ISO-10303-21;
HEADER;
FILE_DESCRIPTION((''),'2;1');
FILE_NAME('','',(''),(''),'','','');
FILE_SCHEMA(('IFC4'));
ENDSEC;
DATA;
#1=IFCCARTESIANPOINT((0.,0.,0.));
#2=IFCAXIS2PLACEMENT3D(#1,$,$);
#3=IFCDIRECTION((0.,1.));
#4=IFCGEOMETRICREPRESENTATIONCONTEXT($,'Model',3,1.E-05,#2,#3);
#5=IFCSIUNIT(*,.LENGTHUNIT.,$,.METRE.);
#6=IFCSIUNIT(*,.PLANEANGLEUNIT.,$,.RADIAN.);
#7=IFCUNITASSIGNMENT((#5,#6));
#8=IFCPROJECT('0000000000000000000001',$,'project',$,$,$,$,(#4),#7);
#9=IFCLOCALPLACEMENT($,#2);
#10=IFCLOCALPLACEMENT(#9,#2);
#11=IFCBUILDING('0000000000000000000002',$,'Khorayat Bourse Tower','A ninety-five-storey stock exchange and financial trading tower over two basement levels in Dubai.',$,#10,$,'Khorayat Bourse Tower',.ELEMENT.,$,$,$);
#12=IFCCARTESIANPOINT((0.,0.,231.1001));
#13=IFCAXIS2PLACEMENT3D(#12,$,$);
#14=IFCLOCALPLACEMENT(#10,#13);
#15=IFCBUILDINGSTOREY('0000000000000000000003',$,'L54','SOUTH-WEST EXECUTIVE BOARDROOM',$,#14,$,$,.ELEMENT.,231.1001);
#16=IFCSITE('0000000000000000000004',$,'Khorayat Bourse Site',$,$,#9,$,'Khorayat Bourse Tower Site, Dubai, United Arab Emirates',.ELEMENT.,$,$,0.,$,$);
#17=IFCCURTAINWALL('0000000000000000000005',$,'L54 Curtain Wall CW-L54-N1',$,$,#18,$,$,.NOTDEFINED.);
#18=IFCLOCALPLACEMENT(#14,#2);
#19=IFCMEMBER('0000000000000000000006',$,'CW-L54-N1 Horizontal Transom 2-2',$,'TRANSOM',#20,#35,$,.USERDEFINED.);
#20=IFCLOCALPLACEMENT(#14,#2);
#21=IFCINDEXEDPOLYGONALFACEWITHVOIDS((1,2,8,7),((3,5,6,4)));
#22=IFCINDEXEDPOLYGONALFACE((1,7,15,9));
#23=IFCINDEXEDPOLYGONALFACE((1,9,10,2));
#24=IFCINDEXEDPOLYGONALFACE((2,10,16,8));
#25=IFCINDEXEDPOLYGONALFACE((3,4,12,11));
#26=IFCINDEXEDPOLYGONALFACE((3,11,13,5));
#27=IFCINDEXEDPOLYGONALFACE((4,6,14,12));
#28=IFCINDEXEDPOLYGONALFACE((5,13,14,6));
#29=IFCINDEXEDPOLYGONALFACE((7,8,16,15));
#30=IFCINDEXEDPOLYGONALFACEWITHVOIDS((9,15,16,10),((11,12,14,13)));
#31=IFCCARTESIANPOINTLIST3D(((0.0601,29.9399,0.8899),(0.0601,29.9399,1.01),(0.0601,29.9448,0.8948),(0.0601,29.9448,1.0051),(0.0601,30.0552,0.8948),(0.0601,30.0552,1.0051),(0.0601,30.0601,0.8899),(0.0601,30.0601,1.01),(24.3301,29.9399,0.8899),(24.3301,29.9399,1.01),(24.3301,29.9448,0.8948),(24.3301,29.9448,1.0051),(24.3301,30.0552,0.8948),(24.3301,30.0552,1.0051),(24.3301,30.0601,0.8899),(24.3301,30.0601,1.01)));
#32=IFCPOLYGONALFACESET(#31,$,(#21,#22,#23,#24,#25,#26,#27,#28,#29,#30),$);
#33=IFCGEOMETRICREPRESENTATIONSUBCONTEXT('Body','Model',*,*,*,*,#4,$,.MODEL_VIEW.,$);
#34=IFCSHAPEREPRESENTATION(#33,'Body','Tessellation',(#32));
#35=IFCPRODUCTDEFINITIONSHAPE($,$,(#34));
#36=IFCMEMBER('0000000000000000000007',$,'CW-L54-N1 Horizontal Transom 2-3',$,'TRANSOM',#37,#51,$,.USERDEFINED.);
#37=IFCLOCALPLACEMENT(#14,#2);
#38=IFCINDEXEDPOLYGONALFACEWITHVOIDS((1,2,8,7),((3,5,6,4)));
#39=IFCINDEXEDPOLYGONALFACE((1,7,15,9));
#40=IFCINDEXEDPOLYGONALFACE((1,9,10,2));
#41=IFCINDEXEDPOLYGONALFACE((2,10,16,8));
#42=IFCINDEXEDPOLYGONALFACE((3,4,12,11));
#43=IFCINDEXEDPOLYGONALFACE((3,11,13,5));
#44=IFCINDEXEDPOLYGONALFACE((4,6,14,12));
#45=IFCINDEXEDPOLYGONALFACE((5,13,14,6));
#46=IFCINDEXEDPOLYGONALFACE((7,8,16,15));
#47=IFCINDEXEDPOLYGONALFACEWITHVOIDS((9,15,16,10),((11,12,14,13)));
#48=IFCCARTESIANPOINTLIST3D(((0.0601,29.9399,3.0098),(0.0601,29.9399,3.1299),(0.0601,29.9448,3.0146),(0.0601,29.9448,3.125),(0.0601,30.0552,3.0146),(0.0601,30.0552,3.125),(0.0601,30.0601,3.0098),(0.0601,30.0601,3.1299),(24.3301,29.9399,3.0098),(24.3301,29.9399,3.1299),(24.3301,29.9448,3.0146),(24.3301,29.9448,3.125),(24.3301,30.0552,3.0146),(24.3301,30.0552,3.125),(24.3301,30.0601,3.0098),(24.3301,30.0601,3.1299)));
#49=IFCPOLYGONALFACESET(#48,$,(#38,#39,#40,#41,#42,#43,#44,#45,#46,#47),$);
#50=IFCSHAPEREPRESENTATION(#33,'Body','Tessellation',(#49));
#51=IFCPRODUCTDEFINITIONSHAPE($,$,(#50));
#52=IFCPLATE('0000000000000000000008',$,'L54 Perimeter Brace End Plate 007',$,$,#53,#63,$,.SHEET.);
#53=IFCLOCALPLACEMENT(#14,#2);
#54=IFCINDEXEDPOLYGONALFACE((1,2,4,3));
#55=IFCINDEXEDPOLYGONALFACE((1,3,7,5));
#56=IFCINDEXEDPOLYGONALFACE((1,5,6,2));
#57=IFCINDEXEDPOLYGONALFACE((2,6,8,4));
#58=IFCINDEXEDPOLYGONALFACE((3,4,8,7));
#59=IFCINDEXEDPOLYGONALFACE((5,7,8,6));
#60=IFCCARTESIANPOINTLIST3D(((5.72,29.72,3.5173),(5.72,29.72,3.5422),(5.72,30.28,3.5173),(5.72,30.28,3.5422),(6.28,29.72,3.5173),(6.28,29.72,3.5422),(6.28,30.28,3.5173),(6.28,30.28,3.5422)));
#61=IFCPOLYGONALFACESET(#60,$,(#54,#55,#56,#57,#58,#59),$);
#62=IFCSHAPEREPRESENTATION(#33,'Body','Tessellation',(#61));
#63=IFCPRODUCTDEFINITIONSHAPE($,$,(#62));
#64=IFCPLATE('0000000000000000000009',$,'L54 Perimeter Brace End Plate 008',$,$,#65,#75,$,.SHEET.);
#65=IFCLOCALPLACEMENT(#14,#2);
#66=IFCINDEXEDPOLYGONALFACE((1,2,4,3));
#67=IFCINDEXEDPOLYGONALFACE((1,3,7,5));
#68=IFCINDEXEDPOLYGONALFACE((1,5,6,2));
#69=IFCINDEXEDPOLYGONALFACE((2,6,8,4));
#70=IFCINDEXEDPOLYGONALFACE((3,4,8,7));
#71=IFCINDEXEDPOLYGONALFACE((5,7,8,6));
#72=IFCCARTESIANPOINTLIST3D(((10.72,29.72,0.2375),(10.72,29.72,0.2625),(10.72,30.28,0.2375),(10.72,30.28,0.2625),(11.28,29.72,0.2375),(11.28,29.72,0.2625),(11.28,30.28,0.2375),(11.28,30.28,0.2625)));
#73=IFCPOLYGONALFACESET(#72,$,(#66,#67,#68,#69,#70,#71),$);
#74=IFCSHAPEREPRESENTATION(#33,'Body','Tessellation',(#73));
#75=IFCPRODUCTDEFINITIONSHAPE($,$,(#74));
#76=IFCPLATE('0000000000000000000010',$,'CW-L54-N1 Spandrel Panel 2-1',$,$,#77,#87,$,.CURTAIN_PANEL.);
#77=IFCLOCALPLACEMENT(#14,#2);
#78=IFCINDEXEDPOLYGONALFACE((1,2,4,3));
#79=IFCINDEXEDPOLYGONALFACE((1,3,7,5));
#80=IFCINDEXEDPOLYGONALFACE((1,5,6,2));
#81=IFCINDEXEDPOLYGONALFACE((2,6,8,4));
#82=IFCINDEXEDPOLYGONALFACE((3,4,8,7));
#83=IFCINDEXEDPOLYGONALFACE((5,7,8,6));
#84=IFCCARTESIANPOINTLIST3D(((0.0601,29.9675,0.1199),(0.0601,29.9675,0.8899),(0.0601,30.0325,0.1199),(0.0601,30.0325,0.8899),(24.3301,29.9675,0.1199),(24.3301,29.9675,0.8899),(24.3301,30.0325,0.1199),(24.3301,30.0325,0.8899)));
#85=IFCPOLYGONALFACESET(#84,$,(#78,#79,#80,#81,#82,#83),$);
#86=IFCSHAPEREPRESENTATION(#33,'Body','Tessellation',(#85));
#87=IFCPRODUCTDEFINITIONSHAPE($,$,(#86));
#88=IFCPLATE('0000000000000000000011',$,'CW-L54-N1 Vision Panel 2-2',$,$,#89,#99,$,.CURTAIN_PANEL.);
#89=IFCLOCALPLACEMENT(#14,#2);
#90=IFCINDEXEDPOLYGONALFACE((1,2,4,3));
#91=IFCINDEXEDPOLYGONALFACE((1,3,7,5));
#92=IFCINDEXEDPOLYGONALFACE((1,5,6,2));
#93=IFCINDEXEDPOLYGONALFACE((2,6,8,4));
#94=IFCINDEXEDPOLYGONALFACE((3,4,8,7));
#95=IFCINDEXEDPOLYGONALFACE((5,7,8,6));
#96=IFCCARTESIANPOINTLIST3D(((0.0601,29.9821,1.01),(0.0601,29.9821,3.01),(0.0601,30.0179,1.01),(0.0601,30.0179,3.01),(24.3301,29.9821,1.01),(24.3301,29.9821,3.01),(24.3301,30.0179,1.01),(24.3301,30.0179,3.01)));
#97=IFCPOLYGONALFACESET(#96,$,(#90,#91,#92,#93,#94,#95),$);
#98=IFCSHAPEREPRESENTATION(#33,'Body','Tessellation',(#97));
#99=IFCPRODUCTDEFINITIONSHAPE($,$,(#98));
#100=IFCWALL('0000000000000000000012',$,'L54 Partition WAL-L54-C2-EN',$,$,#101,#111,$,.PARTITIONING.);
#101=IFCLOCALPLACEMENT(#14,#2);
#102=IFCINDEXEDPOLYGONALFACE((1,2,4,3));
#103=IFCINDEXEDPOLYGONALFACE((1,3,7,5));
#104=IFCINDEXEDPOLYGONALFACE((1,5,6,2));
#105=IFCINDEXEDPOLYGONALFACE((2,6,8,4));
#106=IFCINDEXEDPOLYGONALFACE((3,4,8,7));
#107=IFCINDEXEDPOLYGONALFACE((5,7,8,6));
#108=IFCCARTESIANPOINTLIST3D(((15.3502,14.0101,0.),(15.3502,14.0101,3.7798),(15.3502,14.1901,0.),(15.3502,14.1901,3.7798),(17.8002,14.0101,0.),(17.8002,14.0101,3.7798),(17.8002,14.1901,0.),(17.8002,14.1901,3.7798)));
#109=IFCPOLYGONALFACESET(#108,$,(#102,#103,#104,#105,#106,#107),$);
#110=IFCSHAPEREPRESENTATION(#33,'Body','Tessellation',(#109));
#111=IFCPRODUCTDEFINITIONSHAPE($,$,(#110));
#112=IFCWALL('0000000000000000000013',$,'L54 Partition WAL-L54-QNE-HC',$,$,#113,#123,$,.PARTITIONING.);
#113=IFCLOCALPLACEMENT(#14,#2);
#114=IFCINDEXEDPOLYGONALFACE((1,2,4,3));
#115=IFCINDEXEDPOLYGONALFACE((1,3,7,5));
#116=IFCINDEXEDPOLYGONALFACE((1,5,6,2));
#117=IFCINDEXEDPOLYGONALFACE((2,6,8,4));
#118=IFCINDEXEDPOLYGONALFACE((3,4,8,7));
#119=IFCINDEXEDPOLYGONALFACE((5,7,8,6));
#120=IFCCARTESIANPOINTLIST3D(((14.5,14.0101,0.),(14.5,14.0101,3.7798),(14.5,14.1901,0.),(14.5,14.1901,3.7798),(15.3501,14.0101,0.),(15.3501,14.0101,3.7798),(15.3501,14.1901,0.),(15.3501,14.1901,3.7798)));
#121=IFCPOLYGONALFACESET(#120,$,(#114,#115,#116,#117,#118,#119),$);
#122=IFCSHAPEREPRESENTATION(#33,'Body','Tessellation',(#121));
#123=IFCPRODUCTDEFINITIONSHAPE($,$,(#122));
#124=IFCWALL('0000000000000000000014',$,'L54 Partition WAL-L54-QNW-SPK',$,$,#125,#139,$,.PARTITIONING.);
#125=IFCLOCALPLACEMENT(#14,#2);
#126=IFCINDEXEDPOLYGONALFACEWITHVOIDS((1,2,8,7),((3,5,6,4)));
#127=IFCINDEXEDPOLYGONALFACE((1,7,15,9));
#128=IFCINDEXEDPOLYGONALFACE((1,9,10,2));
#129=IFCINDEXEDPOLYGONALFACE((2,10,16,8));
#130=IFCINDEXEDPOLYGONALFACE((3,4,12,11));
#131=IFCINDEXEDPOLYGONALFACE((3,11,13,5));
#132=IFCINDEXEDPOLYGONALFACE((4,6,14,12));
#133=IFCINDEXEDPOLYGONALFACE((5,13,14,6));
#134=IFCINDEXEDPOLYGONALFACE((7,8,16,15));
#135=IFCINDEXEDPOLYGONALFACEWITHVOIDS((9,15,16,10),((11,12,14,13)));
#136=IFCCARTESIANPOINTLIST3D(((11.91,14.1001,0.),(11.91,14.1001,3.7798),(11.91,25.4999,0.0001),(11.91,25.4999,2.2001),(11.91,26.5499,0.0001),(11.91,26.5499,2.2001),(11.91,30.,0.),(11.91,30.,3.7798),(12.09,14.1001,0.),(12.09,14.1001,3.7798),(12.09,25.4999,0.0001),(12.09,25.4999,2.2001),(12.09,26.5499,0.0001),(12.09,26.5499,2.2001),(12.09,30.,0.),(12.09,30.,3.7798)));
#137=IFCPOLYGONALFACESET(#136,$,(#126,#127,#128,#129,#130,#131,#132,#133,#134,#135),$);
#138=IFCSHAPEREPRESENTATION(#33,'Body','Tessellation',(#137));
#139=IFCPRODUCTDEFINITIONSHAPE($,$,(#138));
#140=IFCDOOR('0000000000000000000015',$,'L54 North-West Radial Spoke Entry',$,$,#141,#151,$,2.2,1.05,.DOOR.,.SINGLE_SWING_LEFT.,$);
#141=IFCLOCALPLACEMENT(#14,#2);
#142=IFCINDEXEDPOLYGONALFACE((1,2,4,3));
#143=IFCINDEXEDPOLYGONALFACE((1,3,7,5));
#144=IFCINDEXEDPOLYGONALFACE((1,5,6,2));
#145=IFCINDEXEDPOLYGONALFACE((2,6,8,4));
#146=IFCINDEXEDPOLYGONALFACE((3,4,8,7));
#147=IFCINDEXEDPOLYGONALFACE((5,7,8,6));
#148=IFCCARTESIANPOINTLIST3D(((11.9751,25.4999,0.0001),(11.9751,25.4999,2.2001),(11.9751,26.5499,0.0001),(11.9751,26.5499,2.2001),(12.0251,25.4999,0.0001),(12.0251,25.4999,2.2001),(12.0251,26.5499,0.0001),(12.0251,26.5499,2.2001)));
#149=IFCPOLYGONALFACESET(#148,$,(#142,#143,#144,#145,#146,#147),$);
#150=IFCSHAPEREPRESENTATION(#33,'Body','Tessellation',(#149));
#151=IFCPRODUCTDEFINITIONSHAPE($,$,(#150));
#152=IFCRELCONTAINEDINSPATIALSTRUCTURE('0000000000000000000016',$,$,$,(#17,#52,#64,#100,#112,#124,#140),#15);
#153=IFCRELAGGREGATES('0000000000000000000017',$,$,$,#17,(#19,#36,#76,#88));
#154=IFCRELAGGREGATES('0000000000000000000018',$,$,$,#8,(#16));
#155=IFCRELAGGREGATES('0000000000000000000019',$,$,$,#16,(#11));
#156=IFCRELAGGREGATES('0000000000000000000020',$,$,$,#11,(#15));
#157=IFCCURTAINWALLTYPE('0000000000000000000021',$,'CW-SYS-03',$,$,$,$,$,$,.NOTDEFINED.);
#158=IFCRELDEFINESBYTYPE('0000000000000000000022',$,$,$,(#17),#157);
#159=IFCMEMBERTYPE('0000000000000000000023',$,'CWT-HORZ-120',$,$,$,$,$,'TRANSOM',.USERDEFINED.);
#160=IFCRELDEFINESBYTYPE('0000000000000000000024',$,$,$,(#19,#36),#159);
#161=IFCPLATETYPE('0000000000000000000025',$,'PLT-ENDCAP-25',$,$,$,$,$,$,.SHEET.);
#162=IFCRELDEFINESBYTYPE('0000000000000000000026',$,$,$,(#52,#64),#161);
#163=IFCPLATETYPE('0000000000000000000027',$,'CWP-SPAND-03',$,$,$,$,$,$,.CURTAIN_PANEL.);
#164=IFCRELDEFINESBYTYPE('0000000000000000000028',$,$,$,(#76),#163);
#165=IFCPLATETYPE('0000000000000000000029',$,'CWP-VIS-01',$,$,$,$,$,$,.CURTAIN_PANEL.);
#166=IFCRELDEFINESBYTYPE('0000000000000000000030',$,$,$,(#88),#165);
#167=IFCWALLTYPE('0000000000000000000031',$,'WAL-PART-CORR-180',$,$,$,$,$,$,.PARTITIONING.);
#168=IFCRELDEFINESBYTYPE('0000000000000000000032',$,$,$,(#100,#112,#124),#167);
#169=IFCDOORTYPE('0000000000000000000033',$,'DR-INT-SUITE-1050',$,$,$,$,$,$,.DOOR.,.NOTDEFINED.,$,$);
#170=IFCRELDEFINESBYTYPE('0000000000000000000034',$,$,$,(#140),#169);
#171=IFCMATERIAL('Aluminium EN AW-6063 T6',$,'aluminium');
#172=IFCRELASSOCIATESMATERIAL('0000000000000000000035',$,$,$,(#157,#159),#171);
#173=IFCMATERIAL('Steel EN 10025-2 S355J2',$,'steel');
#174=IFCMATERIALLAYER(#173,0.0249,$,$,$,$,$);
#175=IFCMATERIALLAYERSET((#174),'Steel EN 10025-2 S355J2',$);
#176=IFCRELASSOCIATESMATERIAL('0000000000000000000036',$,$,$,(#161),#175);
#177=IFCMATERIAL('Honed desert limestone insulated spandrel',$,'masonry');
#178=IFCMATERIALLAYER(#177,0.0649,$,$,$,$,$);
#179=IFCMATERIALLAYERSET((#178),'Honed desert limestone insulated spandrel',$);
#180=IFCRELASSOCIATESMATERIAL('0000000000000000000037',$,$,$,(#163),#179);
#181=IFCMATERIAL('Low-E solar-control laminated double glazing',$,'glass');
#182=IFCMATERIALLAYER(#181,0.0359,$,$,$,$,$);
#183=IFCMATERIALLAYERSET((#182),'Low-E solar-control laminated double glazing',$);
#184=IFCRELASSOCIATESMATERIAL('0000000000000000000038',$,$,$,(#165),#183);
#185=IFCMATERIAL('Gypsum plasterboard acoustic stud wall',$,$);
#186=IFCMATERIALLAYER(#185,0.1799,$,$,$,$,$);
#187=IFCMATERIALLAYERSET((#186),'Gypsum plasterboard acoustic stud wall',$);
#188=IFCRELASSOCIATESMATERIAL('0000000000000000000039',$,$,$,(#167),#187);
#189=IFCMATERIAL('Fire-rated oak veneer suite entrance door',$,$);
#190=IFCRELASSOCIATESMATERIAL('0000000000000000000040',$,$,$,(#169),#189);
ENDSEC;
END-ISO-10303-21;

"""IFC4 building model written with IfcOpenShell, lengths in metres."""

from ifc_helpers import new_model, si_unit, direction, frame, frame_2d, origin, origin_2d, place, context, subcontext, project, spatial, rectangle, hollow_rectangle, extrude, source, transform, mapped, material, layer, layer_set, material_profile, profile_set, type_object, element, fill, aggregate, save


model = new_model("IFC4")

# Units and contexts
model_context = context("Model", 3, precision=1e-05, world=origin(), true_north=direction((0.0, 1.0)))
body_context = subcontext(model_context, "Body", "Model", "MODEL_VIEW")
ifc_project = project(units=[si_unit("LENGTHUNIT", "METRE"), si_unit("PLANEANGLEUNIT", "RADIAN")], contexts=[model_context])

# Site, building, storey
site_placement = place(None, origin())
site = spatial("IfcSite", under=ifc_project, at=site_placement, Name="Khorayat Bourse Site", LongName="Khorayat Bourse Tower Site, Dubai, United Arab Emirates", CompositionType="ELEMENT", RefElevation=0.0)
building_placement = place(site_placement, origin())
building = spatial("IfcBuilding", under=site, at=building_placement, Name="Khorayat Bourse Tower", Description="A ninety-five-storey stock exchange and financial trading tower over two basement levels in Dubai.", LongName="Khorayat Bourse Tower", CompositionType="ELEMENT")
storey_placement = place(building_placement, frame((0.0, 0.0, 231.1001)))
storey = spatial("IfcBuildingStorey", under=building, at=storey_placement, Name="L54", Description="SOUTH-WEST EXECUTIVE BOARDROOM", CompositionType="ELEMENT", Elevation=231.1001)

# Curtain wall, members
ifc_material_1 = material(Name="Aluminium EN AW-6063 T6", Category="aluminium")
curtain_wall_type = type_object("IfcCurtainWallType", Name="CW-SYS-03", PredefinedType="NOTDEFINED", material=ifc_material_1)
curtain_wall_placement = place(storey_placement, origin())
curtain_wall = element("IfcCurtainWall", 1, at=curtain_wall_placement, inside=storey, type_object=curtain_wall_type, Name="L54 Curtain Wall CW-L54-N1", PredefinedType="NOTDEFINED")
ifc_material_profile_1 = material_profile(ifc_material_1, hollow_rectangle(XDim=0.1201, YDim=0.1201, WallThickness=0.0049, at=origin_2d()), Name="ALU 120x120x5")
ifc_profile_set_1 = profile_set([ifc_material_profile_1], Name="Aluminium EN AW-6063 T6")
member_type_1 = type_object("IfcMemberType", Name="CWT-HORZ-120", ElementType="TRANSOM", PredefinedType="USERDEFINED", material=ifc_profile_set_1)
shared_shape_1 = source(origin(), body_context, "Body", "SweptSolid", [
    extrude(hollow_rectangle(XDim=0.1201, YDim=0.1201, WallThickness=0.0049, at=origin_2d()), origin(), (0.0, 0.0, 1.0), 24.27),
])
member_1_placement = place(storey_placement, frame((0.0601, 30.0, 0.95), z_axis=(1.0, 0.0, 0.0), x_axis=(0.0, 1.0, 0.0)))
member_1 = element("IfcMember", 2, at=member_1_placement, type_object=member_type_1, Name="CW-L54-N1 Horizontal Transom 2-2", ObjectType="TRANSOM", PredefinedType="USERDEFINED", context=body_context, shape_type="MappedRepresentation", body=[
    mapped(shared_shape_1, transform((0.0, 0.0, 0.0), scale=1.0)),
])
member_2_placement = place(storey_placement, frame((0.0601, 30.0, 3.0698), z_axis=(1.0, 0.0, 0.0), x_axis=(0.0, 1.0, 0.0)))
member_2 = element("IfcMember", 3, at=member_2_placement, type_object=member_type_1, Name="CW-L54-N1 Horizontal Transom 2-3", ObjectType="TRANSOM", PredefinedType="USERDEFINED", context=body_context, shape_type="MappedRepresentation", body=[
    mapped(shared_shape_1, transform((0.0, 0.0, 0.0), scale=1.0)),
])

# Plates
ifc_material_2 = material(Name="Steel EN 10025-2 S355J2", Category="steel")
ifc_layer_1 = layer(ifc_material_2, 0.0249)
ifc_layer_set_1 = layer_set([ifc_layer_1], Name="Steel EN 10025-2 S355J2")
plate_type_1 = type_object("IfcPlateType", Name="PLT-ENDCAP-25", PredefinedType="SHEET", material=ifc_layer_set_1)
shared_shape_2 = source(origin(), body_context, "Body", "SweptSolid", [
    extrude(rectangle(XDim=0.5601, YDim=0.5601, at=origin_2d()), origin(), (0.0, 0.0, 1.0), 0.0249),
])
for number, where, z_axis, x_axis, name in (
    (4, (6.0, 30.0, 3.5173), (0.0, 0.0, 1.0), (1.0, 0.0, 0.0), "L54 Perimeter Brace End Plate 007"),
    (5, (11.0, 30.0, 0.2375), (0.0, 0.0, 1.0), (1.0, 0.0, 0.0), "L54 Perimeter Brace End Plate 008"),
):
    element("IfcPlate", number, at=place(storey_placement, frame(where, z_axis=z_axis, x_axis=x_axis)), inside=storey, type_object=plate_type_1, Name=name, PredefinedType="SHEET", context=body_context, shape_type="MappedRepresentation", body=[
        mapped(shared_shape_2, transform((0.0, 0.0, 0.0), scale=1.0)),
    ])

# Plates
ifc_material_3 = material(Name="Honed desert limestone insulated spandrel", Category="masonry")
ifc_layer_2 = layer(ifc_material_3, 0.0649)
ifc_layer_set_2 = layer_set([ifc_layer_2], Name="Honed desert limestone insulated spandrel")
plate_type_2 = type_object("IfcPlateType", Name="CWP-SPAND-03", PredefinedType="CURTAIN_PANEL", material=ifc_layer_set_2)
shared_shape_3 = source(origin(), body_context, "Body", "SweptSolid", [
    extrude(rectangle(XDim=24.27, YDim=0.0649, at=origin_2d()), origin(), (0.0, 0.0, 1.0), 0.77),
])
plate_1_placement = place(storey_placement, frame((12.1951, 30.0, 0.1199), z_axis=(0.0, 0.0, 1.0), x_axis=(1.0, 0.0, 0.0)))
plate_1 = element("IfcPlate", 6, at=plate_1_placement, type_object=plate_type_2, Name="CW-L54-N1 Spandrel Panel 2-1", PredefinedType="CURTAIN_PANEL", context=body_context, shape_type="MappedRepresentation", body=[
    mapped(shared_shape_3, transform((0.0, 0.0, 0.0), scale=1.0)),
])
ifc_material_4 = material(Name="Low-E solar-control laminated double glazing", Category="glass")
ifc_layer_3 = layer(ifc_material_4, 0.0359)
ifc_layer_set_3 = layer_set([ifc_layer_3], Name="Low-E solar-control laminated double glazing")
plate_type_3 = type_object("IfcPlateType", Name="CWP-VIS-01", PredefinedType="CURTAIN_PANEL", material=ifc_layer_set_3)
shared_shape_4 = source(origin(), body_context, "Body", "SweptSolid", [
    extrude(rectangle(XDim=24.27, YDim=0.0359, at=origin_2d()), origin(), (0.0, 0.0, 1.0), 2.0),
])
plate_2_placement = place(storey_placement, frame((12.1951, 30.0, 1.01), z_axis=(0.0, 0.0, 1.0), x_axis=(1.0, 0.0, 0.0)))
plate_2 = element("IfcPlate", 7, at=plate_2_placement, type_object=plate_type_3, Name="CW-L54-N1 Vision Panel 2-2", PredefinedType="CURTAIN_PANEL", context=body_context, shape_type="MappedRepresentation", body=[
    mapped(shared_shape_4, transform((0.0, 0.0, 0.0), scale=1.0)),
])
aggregate(curtain_wall, [member_1, member_2, plate_1, plate_2])

# Walls
ifc_material_5 = material(Name="Gypsum plasterboard acoustic stud wall")
ifc_layer_4 = layer(ifc_material_5, 0.1799)
ifc_layer_set_4 = layer_set([ifc_layer_4], Name="Gypsum plasterboard acoustic stud wall")
wall_type_1 = type_object("IfcWallType", Name="WAL-PART-CORR-180", PredefinedType="PARTITIONING", material=ifc_layer_set_4)
shared_shape_5 = source(origin(), body_context, "Body", "SweptSolid", [
    extrude(rectangle(XDim=2.45, YDim=0.1799, at=frame_2d((1.2251, 0.0))), origin(), (0.0, 0.0, 1.0), 3.7798),
])
wall_1_placement = place(storey_placement, frame((15.3501, 14.1001, 0.0), z_axis=(0.0, 0.0, 1.0), x_axis=(1.0, 0.0, 0.0)))
element("IfcWall", 8, at=wall_1_placement, inside=storey, type_object=wall_type_1, Name="L54 Partition WAL-L54-C2-EN", PredefinedType="PARTITIONING", context=body_context, shape_type="MappedRepresentation", body=[
    mapped(shared_shape_5, transform((0.0, 0.0, 0.0), scale=1.0)),
])
shared_shape_6 = source(origin(), body_context, "Body", "SweptSolid", [
    extrude(rectangle(XDim=0.8501, YDim=0.1799, at=frame_2d((0.425, 0.0))), origin(), (0.0, 0.0, 1.0), 3.7798),
])
wall_2_placement = place(storey_placement, frame((14.5, 14.1001, 0.0), z_axis=(0.0, 0.0, 1.0), x_axis=(1.0, 0.0, 0.0)))
element("IfcWall", 9, at=wall_2_placement, inside=storey, type_object=wall_type_1, Name="L54 Partition WAL-L54-QNE-HC", PredefinedType="PARTITIONING", context=body_context, shape_type="MappedRepresentation", body=[
    mapped(shared_shape_6, transform((0.0, 0.0, 0.0), scale=1.0)),
])

# Wall, opening, door
shared_shape_7 = source(origin(), body_context, "Body", "SweptSolid", [
    extrude(rectangle(XDim=15.8999, YDim=0.1799, at=frame_2d((7.95, 0.0))), origin(), (0.0, 0.0, 1.0), 3.7798),
])
wall_3_placement = place(storey_placement, frame((12.0, 14.1001, 0.0), z_axis=(0.0, 0.0, 1.0), x_axis=(0.0, 1.0, 0.0)))
wall_3 = element("IfcWall", 10, at=wall_3_placement, inside=storey, type_object=wall_type_1, Name="L54 Partition WAL-L54-QNW-SPK", PredefinedType="PARTITIONING", context=body_context, shape_type="MappedRepresentation", body=[
    mapped(shared_shape_7, transform((0.0, 0.0, 0.0), scale=1.0)),
])
shared_shape_8 = source(origin(), body_context, "Body", "SweptSolid", [
    extrude(rectangle(XDim=1.05, YDim=2.2, at=frame_2d((0.5249, 1.1001))), frame((0.0, 0.0999, 0.0), z_axis=(0.0, -1.0, 0.0), x_axis=(1.0, 0.0, 0.0)), (0.0, 0.0, 1.0), 0.2),
])
opening_1_placement = place(wall_3_placement, frame((11.3999, 0.0, 0.0)))
opening_1 = element("IfcOpeningElement", 11, at=opening_1_placement, cuts=wall_3, PredefinedType="OPENING", context=body_context, shape_type="MappedRepresentation", body=[
    mapped(shared_shape_8, transform((0.0, 0.0, 0.0), scale=1.0)),
])
ifc_material_6 = material(Name="Fire-rated oak veneer suite entrance door")
door_type_1 = type_object("IfcDoorType", Name="DR-INT-SUITE-1050", OperationType="NOTDEFINED", PredefinedType="DOOR", material=ifc_material_6)
shared_shape_9 = source(origin(), body_context, "Body", "SweptSolid", [
    extrude(rectangle(XDim=1.05, YDim=2.2, at=frame_2d((0.5249, 1.1001))), frame((0.0, 0.0249, 0.0), z_axis=(0.0, -1.0, 0.0), x_axis=(1.0, 0.0, 0.0)), (0.0, 0.0, 1.0), 0.05),
])
door_1_placement = place(opening_1_placement, origin())
door_1 = element("IfcDoor", 12, at=door_1_placement, inside=storey, type_object=door_type_1, Name="L54 North-West Radial Spoke Entry", OperationType="SINGLE_SWING_LEFT", OverallHeight=2.2, OverallWidth=1.05, PredefinedType="DOOR", context=body_context, shape_type="MappedRepresentation", body=[
    mapped(shared_shape_9, transform((0.0, 0.0, 0.0), scale=1.0)),
])
fill(opening_1, door_1)

save(model, "model.ifc")
